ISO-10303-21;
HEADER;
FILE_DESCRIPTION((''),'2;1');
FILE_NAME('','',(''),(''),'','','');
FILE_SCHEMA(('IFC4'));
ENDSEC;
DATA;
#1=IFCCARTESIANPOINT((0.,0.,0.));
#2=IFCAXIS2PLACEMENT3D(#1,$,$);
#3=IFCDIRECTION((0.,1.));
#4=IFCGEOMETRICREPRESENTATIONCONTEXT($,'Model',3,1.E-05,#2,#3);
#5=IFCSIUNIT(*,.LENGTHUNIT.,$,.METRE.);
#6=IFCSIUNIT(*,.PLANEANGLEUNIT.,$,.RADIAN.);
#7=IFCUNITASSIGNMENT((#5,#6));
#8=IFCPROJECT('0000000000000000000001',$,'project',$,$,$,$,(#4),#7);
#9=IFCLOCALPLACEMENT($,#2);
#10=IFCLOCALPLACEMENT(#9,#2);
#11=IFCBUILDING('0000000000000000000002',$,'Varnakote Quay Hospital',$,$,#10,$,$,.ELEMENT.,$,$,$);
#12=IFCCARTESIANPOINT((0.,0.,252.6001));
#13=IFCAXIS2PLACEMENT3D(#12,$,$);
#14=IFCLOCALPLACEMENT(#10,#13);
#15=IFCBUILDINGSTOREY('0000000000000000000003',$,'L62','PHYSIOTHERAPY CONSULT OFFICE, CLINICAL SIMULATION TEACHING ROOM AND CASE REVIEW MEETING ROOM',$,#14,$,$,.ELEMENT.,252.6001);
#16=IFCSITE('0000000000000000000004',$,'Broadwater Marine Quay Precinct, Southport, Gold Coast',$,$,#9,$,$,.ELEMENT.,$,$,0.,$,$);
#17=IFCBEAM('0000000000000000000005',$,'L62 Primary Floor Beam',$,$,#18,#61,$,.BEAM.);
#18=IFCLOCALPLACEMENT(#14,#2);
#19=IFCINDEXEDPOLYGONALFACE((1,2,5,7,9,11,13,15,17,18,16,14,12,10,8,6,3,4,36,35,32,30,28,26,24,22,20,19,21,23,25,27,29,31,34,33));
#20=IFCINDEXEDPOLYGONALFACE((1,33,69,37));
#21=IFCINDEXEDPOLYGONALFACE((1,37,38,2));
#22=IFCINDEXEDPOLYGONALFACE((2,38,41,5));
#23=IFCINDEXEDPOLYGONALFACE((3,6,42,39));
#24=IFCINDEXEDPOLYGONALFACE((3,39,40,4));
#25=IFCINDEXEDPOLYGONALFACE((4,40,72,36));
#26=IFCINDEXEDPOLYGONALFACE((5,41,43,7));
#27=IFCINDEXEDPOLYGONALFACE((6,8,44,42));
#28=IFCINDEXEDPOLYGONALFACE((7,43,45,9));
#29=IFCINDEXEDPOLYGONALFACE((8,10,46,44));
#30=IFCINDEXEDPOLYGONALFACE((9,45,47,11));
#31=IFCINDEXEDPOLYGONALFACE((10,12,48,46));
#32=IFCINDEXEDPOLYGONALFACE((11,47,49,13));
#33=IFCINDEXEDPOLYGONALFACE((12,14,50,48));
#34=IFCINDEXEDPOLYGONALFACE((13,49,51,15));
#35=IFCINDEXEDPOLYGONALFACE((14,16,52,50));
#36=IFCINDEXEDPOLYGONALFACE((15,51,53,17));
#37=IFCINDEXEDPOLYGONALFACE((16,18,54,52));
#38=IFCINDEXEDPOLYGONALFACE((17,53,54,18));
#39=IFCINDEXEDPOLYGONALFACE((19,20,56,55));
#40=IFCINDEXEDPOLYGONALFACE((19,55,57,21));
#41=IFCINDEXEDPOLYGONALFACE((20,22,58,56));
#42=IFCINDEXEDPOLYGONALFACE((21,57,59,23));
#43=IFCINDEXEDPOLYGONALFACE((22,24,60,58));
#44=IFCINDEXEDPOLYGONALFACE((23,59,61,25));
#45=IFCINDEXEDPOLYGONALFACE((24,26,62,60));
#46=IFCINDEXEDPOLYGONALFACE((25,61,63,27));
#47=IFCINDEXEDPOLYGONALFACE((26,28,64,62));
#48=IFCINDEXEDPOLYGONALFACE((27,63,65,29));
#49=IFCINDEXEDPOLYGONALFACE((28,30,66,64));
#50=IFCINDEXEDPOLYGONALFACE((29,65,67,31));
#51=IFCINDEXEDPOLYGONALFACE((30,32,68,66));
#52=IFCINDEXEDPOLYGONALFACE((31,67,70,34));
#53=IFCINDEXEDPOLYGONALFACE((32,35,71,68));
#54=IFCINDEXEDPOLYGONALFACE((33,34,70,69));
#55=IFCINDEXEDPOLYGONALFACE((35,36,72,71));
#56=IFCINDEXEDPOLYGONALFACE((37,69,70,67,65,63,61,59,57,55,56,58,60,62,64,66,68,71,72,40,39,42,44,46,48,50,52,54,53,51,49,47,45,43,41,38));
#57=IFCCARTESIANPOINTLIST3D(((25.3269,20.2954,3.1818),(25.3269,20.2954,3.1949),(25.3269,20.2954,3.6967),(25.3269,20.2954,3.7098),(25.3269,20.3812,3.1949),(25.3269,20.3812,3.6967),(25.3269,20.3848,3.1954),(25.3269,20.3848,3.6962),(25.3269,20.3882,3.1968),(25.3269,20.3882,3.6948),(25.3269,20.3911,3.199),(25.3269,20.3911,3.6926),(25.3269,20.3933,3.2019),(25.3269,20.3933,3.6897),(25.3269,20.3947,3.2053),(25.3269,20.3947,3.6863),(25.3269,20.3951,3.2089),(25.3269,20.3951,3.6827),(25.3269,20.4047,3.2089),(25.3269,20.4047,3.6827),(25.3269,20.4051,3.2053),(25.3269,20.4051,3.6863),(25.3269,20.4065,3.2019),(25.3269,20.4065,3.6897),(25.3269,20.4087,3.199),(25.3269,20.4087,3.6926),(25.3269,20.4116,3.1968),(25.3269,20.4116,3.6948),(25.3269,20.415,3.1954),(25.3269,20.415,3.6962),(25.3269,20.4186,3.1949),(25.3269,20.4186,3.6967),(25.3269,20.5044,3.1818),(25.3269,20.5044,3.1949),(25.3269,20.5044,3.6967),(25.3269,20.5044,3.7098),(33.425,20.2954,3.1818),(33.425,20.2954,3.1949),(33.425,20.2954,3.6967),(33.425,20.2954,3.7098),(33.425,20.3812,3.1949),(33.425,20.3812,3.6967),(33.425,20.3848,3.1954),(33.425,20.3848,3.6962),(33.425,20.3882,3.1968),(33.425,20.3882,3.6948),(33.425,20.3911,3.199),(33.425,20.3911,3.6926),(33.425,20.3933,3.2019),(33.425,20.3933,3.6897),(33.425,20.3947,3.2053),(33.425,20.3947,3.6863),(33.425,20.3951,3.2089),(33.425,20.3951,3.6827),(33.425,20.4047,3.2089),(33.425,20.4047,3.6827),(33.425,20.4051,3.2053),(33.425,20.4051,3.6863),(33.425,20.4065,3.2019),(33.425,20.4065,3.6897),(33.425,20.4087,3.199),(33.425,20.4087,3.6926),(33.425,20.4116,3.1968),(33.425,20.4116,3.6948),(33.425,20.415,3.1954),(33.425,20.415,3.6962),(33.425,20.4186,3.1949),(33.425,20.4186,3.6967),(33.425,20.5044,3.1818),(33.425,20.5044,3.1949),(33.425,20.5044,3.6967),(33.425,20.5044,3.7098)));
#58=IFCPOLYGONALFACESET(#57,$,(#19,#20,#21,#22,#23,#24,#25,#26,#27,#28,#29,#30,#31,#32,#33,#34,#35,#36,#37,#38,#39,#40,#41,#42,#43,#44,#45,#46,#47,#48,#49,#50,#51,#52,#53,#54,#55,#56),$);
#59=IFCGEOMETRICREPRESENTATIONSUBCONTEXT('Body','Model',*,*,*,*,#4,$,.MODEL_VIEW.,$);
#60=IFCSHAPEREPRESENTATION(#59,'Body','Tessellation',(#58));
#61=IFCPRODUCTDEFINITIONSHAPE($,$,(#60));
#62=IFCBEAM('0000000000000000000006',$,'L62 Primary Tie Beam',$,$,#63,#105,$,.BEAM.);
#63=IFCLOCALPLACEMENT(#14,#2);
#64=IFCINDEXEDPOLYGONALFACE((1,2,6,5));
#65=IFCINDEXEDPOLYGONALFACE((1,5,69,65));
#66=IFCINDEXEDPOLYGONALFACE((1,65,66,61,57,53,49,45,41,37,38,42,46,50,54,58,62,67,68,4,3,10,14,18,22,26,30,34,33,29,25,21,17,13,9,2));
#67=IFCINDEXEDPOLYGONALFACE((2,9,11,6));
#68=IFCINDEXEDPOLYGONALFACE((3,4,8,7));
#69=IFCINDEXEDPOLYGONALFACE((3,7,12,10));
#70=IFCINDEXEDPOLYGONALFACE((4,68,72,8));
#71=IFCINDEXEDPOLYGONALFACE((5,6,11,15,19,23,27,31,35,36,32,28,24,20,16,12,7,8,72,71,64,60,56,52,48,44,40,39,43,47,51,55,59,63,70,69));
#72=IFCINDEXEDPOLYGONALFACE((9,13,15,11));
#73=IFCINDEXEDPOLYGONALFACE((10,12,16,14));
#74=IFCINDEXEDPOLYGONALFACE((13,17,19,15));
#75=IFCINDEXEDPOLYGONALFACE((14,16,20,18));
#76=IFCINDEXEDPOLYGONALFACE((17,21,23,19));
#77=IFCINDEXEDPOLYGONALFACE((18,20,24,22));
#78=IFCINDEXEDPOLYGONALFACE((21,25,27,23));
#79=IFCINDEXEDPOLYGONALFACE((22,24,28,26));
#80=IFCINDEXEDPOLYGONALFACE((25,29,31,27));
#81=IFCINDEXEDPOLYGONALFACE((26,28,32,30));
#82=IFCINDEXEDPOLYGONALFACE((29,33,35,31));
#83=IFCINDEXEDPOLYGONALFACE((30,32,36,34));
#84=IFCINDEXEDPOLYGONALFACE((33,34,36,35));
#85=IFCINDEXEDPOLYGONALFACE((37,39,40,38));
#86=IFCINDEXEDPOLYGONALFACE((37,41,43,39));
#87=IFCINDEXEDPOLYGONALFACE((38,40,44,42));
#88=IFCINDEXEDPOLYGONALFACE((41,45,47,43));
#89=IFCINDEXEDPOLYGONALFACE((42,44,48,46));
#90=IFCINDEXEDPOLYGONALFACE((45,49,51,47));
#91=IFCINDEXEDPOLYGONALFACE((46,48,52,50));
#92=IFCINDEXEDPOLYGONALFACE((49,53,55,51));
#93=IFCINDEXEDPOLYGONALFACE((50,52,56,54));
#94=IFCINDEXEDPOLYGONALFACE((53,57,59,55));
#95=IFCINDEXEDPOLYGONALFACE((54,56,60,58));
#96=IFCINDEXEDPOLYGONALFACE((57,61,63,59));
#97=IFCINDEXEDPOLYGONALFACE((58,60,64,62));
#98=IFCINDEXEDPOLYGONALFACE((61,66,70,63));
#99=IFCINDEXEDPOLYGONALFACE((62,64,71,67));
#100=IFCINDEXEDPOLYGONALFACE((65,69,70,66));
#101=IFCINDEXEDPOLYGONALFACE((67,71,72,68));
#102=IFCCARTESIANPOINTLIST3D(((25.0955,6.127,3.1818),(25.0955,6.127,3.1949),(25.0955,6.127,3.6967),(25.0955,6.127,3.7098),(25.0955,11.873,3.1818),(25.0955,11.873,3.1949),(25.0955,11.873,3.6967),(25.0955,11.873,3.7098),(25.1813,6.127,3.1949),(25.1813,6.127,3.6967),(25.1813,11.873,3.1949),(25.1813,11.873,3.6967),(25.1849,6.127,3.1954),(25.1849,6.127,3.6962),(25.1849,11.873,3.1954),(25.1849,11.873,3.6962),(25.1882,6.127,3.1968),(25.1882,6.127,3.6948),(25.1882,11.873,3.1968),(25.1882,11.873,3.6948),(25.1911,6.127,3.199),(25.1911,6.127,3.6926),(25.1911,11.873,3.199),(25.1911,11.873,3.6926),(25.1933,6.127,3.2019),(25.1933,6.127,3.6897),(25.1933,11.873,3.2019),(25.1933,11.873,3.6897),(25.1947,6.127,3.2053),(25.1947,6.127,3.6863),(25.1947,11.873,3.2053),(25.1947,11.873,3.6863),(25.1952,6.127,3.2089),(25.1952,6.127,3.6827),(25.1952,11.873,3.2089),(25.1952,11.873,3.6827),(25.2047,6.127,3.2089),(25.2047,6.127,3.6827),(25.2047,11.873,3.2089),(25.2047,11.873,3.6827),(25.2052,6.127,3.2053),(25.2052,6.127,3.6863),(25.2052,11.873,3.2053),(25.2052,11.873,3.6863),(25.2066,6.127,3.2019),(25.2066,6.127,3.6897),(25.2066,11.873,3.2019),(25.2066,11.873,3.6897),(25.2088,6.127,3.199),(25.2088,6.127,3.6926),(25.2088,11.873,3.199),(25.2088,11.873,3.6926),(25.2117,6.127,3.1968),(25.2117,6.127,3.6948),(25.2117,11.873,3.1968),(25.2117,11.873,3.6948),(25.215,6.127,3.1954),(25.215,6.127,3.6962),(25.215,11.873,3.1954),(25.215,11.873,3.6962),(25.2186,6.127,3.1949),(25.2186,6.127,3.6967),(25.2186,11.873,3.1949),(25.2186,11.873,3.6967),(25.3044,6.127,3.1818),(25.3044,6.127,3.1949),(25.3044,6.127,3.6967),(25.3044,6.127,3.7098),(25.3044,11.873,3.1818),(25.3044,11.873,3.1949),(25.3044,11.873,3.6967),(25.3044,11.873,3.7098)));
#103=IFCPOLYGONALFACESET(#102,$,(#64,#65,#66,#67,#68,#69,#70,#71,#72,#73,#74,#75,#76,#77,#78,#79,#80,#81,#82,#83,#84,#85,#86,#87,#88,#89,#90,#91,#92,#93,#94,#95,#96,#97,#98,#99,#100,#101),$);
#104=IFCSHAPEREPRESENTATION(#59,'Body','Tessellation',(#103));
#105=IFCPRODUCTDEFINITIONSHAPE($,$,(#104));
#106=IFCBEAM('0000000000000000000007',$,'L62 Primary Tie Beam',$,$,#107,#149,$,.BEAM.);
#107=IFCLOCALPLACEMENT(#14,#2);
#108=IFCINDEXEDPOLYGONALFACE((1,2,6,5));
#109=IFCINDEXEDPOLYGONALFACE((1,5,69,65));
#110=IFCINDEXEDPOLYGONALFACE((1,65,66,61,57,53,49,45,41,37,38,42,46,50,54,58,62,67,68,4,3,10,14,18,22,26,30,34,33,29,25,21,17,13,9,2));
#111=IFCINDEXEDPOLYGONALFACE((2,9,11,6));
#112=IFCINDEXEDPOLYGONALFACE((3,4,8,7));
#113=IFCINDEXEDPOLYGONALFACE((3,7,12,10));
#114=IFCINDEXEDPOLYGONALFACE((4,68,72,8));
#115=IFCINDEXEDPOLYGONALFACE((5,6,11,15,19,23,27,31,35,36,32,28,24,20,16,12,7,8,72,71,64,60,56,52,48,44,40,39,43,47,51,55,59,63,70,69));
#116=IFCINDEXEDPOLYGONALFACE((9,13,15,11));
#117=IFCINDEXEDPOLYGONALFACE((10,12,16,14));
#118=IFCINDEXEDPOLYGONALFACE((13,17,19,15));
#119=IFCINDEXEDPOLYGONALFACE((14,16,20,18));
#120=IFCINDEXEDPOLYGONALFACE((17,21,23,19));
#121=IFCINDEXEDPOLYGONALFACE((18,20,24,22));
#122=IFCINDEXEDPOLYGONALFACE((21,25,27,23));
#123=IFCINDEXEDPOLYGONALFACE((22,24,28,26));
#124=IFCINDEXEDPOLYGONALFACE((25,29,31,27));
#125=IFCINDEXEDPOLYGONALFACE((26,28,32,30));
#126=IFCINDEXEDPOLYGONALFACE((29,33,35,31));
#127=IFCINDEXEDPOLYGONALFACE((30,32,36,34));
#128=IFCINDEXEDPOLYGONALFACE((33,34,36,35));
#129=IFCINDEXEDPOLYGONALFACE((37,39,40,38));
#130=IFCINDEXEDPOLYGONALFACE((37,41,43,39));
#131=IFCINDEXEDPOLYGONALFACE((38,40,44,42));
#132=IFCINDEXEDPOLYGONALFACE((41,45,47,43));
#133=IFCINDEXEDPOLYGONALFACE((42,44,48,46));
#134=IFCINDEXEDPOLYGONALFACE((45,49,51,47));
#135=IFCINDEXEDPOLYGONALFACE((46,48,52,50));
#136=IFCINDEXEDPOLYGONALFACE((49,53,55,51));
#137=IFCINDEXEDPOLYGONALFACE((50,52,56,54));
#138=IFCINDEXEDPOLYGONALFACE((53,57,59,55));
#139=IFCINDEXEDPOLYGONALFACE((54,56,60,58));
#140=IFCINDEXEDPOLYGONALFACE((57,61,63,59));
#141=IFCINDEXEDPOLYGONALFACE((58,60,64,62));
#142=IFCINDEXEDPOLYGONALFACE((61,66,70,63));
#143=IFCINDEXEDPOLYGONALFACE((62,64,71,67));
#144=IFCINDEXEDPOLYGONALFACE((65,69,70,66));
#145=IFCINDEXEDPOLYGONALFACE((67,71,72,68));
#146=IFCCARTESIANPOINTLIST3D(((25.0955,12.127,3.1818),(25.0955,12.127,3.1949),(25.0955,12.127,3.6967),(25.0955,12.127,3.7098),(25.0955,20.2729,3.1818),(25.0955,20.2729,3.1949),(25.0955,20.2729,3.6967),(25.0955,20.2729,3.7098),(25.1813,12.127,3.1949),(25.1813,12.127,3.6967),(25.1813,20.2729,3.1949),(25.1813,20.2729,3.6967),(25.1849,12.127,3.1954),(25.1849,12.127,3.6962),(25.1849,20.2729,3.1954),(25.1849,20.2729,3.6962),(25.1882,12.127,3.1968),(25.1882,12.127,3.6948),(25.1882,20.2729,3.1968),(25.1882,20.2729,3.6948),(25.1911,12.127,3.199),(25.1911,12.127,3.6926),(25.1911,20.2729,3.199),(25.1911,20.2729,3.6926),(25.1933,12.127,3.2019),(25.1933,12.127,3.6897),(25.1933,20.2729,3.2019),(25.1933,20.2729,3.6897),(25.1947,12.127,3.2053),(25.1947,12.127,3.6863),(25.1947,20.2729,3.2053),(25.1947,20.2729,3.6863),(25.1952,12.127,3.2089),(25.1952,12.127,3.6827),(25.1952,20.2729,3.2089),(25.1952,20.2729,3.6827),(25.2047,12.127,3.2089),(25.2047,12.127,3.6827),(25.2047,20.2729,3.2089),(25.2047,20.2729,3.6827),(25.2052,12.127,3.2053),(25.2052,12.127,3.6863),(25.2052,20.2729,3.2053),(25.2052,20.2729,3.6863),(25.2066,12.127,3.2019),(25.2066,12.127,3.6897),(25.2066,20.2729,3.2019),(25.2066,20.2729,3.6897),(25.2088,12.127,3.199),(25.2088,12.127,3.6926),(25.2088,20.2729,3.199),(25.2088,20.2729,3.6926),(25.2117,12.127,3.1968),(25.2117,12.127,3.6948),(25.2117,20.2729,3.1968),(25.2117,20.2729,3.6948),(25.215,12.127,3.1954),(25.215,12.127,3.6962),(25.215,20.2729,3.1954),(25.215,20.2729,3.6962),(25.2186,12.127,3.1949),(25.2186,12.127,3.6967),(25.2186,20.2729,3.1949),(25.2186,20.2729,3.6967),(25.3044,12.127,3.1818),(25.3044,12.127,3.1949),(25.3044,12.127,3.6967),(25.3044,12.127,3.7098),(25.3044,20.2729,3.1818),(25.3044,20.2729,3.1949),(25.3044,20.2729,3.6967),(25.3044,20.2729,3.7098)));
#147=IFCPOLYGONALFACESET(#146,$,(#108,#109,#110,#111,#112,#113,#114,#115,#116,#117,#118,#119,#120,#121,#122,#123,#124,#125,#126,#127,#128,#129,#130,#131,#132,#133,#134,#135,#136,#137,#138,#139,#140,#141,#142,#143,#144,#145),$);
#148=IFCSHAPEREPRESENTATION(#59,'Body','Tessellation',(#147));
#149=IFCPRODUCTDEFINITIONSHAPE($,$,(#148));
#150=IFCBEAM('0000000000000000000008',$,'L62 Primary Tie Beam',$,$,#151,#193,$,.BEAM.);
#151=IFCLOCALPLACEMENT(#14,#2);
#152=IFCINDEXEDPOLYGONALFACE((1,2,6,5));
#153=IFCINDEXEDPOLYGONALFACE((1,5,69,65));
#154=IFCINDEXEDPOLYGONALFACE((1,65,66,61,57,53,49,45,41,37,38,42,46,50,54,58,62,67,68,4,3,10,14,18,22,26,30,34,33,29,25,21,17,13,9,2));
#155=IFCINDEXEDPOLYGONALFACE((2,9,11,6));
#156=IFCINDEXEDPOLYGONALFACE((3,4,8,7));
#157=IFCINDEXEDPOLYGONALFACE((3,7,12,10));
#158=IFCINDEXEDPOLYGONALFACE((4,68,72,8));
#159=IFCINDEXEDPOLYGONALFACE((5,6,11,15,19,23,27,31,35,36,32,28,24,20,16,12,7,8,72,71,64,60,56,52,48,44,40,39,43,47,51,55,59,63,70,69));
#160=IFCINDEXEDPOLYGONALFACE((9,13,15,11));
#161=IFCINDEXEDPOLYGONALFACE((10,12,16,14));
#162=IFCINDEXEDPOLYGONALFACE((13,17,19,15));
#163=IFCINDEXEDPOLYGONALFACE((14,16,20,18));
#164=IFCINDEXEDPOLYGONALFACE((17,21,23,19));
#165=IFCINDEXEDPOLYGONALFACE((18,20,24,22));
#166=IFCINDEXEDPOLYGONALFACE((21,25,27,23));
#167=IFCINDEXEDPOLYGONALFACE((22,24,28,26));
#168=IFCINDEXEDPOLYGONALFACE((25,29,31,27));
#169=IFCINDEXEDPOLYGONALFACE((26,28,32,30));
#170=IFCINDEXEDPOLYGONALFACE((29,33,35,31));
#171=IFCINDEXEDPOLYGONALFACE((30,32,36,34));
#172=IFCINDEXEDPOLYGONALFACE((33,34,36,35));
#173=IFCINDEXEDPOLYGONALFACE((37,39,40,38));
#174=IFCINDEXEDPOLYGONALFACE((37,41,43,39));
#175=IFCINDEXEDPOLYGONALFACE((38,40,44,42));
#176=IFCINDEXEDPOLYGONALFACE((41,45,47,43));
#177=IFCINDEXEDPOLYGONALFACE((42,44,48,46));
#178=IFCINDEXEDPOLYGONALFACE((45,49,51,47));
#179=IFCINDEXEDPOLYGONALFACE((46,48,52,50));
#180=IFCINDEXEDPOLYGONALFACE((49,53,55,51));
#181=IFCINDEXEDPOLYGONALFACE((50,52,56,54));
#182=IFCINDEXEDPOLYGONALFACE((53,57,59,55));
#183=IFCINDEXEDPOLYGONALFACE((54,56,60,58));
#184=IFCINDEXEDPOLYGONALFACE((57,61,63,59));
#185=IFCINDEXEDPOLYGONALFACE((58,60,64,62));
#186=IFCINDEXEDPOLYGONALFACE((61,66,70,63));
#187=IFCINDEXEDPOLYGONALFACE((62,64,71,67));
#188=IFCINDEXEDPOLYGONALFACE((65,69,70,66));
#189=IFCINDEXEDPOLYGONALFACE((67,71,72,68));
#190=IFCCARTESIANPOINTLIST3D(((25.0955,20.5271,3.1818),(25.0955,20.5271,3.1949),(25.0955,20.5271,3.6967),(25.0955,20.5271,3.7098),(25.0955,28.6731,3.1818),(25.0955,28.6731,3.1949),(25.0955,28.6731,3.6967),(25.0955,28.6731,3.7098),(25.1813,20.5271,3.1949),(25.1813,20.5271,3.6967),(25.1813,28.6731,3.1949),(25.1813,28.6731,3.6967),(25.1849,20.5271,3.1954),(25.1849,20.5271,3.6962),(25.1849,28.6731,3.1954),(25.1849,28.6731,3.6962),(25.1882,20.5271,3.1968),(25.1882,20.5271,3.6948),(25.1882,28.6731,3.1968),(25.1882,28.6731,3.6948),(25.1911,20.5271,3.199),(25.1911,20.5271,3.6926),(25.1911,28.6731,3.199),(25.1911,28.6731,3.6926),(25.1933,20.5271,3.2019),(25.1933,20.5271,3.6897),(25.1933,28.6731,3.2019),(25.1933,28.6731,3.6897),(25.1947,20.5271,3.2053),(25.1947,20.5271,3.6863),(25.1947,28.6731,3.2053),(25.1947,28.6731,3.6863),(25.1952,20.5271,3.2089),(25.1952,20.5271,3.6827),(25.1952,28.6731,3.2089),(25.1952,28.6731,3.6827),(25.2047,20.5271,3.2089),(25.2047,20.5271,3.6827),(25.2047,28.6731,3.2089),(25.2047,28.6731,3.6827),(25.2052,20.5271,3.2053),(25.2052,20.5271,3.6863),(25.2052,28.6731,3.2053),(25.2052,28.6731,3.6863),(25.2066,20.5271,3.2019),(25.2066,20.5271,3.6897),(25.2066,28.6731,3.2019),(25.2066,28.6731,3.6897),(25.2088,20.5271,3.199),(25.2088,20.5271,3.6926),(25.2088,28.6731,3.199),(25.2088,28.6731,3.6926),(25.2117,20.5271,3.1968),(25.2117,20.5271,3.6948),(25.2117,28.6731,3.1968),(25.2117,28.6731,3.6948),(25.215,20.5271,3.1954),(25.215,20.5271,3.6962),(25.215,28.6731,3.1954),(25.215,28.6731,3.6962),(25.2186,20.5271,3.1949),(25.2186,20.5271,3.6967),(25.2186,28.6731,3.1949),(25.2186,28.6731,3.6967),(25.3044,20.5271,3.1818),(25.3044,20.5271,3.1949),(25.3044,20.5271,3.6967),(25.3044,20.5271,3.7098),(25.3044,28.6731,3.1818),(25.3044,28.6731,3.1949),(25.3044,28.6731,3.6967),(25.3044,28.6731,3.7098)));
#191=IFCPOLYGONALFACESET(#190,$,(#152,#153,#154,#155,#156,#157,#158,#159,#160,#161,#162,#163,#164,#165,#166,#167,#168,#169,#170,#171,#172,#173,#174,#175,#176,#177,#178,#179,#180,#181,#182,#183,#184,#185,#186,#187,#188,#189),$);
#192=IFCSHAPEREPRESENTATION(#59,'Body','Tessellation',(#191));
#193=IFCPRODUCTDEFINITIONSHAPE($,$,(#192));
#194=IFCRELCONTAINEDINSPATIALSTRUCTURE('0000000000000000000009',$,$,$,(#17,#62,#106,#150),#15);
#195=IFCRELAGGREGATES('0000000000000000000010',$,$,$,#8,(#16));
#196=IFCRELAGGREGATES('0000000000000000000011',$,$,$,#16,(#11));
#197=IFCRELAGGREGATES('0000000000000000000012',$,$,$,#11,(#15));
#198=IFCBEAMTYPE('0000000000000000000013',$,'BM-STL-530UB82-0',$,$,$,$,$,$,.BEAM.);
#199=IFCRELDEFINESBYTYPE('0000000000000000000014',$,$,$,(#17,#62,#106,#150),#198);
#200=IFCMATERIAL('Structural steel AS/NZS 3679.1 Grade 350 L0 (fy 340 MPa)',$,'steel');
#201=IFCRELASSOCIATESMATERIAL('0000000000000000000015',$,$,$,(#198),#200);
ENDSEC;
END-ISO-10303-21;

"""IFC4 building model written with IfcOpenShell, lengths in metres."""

from ifc_helpers import new_model, si_unit, direction, frame, origin, origin_2d, place, context, subcontext, project, spatial, i_section, extrude, material, material_profile, profile_set, type_object, element, save


model = new_model("IFC4")

# Units and contexts
model_context = context("Model", 3, precision=1e-05, world=origin(), true_north=direction((0.0, 1.0)))
body_context = subcontext(model_context, "Body", "Model", "MODEL_VIEW")
ifc_project = project(units=[si_unit("LENGTHUNIT", "METRE"), si_unit("PLANEANGLEUNIT", "RADIAN")], contexts=[model_context])

# Site, building, storey
site_placement = place(None, origin())
site = spatial("IfcSite", under=ifc_project, at=site_placement, Name="Broadwater Marine Quay Precinct, Southport, Gold Coast", CompositionType="ELEMENT", RefElevation=0.0)
building_placement = place(site_placement, origin())
building = spatial("IfcBuilding", under=site, at=building_placement, Name="Varnakote Quay Hospital", CompositionType="ELEMENT")
storey_placement = place(building_placement, frame((0.0, 0.0, 252.6001)))
storey = spatial("IfcBuildingStorey", under=building, at=storey_placement, Name="L62", Description="PHYSIOTHERAPY CONSULT OFFICE, CLINICAL SIMULATION TEACHING ROOM AND CASE REVIEW MEETING ROOM", CompositionType="ELEMENT", Elevation=252.6001)

# Beams
ifc_material_1 = material(Name="Structural steel AS/NZS 3679.1 Grade 350 L0 (fy 340 MPa)", Category="steel")
ifc_material_profile_1 = material_profile(ifc_material_1, i_section(OverallWidth=0.209, OverallDepth=0.5281, WebThickness=0.0095, FlangeThickness=0.0132, FilletRadius=0.0139, at=origin_2d()), Name="530UB82.0")
ifc_profile_set_1 = profile_set([ifc_material_profile_1], Name="Structural steel AS/NZS 3679.1 Grade 350 L0 (fy 340 MPa)")
beam_type_1 = type_object("IfcBeamType", Name="BM-STL-530UB82-0", PredefinedType="BEAM", material=ifc_profile_set_1)
beam_1_placement = place(storey_placement, frame((25.3269, 20.3999, 3.4458), z_axis=(1.0, 0.0, 0.0), x_axis=(0.0, 1.0, 0.0)))
element("IfcBeam", 1, at=beam_1_placement, inside=storey, type_object=beam_type_1, Name="L62 Primary Floor Beam", PredefinedType="BEAM", context=body_context, shape_type="SweptSolid", body=[
    extrude(i_section(OverallWidth=0.209, OverallDepth=0.5281, WebThickness=0.0095, FlangeThickness=0.0132, FilletRadius=0.0139, at=origin_2d()), origin(), (0.0, 0.0, 1.0), 8.0981),
])
beam_2_placement = place(storey_placement, frame((25.2, 6.127, 3.4458), z_axis=(0.0, 1.0, 0.0), x_axis=(-1.0, 0.0, 0.0)))
element("IfcBeam", 2, at=beam_2_placement, inside=storey, type_object=beam_type_1, Name="L62 Primary Tie Beam", PredefinedType="BEAM", context=body_context, shape_type="SweptSolid", body=[
    extrude(i_section(OverallWidth=0.209, OverallDepth=0.5281, WebThickness=0.0095, FlangeThickness=0.0132, FilletRadius=0.0139, at=origin_2d()), origin(), (0.0, 0.0, 1.0), 5.7461),
])
for number, where, z_axis, x_axis, name in (
    (3, (25.2, 12.127, 3.4458), (0.0, 1.0, 0.0), (-1.0, 0.0, 0.0), "L62 Primary Tie Beam"),
    (4, (25.2, 20.5271, 3.4458), (0.0, 1.0, 0.0), (-1.0, 0.0, 0.0), "L62 Primary Tie Beam"),
):
    element("IfcBeam", number, at=place(storey_placement, frame(where, z_axis=z_axis, x_axis=x_axis)), inside=storey, type_object=beam_type_1, Name=name, PredefinedType="BEAM", context=body_context, shape_type="SweptSolid", body=[
        extrude(i_section(OverallWidth=0.209, OverallDepth=0.5281, WebThickness=0.0095, FlangeThickness=0.0132, FilletRadius=0.0139, at=origin_2d()), origin(), (0.0, 0.0, 1.0), 8.146),
    ])

save(model, "model.ifc")
